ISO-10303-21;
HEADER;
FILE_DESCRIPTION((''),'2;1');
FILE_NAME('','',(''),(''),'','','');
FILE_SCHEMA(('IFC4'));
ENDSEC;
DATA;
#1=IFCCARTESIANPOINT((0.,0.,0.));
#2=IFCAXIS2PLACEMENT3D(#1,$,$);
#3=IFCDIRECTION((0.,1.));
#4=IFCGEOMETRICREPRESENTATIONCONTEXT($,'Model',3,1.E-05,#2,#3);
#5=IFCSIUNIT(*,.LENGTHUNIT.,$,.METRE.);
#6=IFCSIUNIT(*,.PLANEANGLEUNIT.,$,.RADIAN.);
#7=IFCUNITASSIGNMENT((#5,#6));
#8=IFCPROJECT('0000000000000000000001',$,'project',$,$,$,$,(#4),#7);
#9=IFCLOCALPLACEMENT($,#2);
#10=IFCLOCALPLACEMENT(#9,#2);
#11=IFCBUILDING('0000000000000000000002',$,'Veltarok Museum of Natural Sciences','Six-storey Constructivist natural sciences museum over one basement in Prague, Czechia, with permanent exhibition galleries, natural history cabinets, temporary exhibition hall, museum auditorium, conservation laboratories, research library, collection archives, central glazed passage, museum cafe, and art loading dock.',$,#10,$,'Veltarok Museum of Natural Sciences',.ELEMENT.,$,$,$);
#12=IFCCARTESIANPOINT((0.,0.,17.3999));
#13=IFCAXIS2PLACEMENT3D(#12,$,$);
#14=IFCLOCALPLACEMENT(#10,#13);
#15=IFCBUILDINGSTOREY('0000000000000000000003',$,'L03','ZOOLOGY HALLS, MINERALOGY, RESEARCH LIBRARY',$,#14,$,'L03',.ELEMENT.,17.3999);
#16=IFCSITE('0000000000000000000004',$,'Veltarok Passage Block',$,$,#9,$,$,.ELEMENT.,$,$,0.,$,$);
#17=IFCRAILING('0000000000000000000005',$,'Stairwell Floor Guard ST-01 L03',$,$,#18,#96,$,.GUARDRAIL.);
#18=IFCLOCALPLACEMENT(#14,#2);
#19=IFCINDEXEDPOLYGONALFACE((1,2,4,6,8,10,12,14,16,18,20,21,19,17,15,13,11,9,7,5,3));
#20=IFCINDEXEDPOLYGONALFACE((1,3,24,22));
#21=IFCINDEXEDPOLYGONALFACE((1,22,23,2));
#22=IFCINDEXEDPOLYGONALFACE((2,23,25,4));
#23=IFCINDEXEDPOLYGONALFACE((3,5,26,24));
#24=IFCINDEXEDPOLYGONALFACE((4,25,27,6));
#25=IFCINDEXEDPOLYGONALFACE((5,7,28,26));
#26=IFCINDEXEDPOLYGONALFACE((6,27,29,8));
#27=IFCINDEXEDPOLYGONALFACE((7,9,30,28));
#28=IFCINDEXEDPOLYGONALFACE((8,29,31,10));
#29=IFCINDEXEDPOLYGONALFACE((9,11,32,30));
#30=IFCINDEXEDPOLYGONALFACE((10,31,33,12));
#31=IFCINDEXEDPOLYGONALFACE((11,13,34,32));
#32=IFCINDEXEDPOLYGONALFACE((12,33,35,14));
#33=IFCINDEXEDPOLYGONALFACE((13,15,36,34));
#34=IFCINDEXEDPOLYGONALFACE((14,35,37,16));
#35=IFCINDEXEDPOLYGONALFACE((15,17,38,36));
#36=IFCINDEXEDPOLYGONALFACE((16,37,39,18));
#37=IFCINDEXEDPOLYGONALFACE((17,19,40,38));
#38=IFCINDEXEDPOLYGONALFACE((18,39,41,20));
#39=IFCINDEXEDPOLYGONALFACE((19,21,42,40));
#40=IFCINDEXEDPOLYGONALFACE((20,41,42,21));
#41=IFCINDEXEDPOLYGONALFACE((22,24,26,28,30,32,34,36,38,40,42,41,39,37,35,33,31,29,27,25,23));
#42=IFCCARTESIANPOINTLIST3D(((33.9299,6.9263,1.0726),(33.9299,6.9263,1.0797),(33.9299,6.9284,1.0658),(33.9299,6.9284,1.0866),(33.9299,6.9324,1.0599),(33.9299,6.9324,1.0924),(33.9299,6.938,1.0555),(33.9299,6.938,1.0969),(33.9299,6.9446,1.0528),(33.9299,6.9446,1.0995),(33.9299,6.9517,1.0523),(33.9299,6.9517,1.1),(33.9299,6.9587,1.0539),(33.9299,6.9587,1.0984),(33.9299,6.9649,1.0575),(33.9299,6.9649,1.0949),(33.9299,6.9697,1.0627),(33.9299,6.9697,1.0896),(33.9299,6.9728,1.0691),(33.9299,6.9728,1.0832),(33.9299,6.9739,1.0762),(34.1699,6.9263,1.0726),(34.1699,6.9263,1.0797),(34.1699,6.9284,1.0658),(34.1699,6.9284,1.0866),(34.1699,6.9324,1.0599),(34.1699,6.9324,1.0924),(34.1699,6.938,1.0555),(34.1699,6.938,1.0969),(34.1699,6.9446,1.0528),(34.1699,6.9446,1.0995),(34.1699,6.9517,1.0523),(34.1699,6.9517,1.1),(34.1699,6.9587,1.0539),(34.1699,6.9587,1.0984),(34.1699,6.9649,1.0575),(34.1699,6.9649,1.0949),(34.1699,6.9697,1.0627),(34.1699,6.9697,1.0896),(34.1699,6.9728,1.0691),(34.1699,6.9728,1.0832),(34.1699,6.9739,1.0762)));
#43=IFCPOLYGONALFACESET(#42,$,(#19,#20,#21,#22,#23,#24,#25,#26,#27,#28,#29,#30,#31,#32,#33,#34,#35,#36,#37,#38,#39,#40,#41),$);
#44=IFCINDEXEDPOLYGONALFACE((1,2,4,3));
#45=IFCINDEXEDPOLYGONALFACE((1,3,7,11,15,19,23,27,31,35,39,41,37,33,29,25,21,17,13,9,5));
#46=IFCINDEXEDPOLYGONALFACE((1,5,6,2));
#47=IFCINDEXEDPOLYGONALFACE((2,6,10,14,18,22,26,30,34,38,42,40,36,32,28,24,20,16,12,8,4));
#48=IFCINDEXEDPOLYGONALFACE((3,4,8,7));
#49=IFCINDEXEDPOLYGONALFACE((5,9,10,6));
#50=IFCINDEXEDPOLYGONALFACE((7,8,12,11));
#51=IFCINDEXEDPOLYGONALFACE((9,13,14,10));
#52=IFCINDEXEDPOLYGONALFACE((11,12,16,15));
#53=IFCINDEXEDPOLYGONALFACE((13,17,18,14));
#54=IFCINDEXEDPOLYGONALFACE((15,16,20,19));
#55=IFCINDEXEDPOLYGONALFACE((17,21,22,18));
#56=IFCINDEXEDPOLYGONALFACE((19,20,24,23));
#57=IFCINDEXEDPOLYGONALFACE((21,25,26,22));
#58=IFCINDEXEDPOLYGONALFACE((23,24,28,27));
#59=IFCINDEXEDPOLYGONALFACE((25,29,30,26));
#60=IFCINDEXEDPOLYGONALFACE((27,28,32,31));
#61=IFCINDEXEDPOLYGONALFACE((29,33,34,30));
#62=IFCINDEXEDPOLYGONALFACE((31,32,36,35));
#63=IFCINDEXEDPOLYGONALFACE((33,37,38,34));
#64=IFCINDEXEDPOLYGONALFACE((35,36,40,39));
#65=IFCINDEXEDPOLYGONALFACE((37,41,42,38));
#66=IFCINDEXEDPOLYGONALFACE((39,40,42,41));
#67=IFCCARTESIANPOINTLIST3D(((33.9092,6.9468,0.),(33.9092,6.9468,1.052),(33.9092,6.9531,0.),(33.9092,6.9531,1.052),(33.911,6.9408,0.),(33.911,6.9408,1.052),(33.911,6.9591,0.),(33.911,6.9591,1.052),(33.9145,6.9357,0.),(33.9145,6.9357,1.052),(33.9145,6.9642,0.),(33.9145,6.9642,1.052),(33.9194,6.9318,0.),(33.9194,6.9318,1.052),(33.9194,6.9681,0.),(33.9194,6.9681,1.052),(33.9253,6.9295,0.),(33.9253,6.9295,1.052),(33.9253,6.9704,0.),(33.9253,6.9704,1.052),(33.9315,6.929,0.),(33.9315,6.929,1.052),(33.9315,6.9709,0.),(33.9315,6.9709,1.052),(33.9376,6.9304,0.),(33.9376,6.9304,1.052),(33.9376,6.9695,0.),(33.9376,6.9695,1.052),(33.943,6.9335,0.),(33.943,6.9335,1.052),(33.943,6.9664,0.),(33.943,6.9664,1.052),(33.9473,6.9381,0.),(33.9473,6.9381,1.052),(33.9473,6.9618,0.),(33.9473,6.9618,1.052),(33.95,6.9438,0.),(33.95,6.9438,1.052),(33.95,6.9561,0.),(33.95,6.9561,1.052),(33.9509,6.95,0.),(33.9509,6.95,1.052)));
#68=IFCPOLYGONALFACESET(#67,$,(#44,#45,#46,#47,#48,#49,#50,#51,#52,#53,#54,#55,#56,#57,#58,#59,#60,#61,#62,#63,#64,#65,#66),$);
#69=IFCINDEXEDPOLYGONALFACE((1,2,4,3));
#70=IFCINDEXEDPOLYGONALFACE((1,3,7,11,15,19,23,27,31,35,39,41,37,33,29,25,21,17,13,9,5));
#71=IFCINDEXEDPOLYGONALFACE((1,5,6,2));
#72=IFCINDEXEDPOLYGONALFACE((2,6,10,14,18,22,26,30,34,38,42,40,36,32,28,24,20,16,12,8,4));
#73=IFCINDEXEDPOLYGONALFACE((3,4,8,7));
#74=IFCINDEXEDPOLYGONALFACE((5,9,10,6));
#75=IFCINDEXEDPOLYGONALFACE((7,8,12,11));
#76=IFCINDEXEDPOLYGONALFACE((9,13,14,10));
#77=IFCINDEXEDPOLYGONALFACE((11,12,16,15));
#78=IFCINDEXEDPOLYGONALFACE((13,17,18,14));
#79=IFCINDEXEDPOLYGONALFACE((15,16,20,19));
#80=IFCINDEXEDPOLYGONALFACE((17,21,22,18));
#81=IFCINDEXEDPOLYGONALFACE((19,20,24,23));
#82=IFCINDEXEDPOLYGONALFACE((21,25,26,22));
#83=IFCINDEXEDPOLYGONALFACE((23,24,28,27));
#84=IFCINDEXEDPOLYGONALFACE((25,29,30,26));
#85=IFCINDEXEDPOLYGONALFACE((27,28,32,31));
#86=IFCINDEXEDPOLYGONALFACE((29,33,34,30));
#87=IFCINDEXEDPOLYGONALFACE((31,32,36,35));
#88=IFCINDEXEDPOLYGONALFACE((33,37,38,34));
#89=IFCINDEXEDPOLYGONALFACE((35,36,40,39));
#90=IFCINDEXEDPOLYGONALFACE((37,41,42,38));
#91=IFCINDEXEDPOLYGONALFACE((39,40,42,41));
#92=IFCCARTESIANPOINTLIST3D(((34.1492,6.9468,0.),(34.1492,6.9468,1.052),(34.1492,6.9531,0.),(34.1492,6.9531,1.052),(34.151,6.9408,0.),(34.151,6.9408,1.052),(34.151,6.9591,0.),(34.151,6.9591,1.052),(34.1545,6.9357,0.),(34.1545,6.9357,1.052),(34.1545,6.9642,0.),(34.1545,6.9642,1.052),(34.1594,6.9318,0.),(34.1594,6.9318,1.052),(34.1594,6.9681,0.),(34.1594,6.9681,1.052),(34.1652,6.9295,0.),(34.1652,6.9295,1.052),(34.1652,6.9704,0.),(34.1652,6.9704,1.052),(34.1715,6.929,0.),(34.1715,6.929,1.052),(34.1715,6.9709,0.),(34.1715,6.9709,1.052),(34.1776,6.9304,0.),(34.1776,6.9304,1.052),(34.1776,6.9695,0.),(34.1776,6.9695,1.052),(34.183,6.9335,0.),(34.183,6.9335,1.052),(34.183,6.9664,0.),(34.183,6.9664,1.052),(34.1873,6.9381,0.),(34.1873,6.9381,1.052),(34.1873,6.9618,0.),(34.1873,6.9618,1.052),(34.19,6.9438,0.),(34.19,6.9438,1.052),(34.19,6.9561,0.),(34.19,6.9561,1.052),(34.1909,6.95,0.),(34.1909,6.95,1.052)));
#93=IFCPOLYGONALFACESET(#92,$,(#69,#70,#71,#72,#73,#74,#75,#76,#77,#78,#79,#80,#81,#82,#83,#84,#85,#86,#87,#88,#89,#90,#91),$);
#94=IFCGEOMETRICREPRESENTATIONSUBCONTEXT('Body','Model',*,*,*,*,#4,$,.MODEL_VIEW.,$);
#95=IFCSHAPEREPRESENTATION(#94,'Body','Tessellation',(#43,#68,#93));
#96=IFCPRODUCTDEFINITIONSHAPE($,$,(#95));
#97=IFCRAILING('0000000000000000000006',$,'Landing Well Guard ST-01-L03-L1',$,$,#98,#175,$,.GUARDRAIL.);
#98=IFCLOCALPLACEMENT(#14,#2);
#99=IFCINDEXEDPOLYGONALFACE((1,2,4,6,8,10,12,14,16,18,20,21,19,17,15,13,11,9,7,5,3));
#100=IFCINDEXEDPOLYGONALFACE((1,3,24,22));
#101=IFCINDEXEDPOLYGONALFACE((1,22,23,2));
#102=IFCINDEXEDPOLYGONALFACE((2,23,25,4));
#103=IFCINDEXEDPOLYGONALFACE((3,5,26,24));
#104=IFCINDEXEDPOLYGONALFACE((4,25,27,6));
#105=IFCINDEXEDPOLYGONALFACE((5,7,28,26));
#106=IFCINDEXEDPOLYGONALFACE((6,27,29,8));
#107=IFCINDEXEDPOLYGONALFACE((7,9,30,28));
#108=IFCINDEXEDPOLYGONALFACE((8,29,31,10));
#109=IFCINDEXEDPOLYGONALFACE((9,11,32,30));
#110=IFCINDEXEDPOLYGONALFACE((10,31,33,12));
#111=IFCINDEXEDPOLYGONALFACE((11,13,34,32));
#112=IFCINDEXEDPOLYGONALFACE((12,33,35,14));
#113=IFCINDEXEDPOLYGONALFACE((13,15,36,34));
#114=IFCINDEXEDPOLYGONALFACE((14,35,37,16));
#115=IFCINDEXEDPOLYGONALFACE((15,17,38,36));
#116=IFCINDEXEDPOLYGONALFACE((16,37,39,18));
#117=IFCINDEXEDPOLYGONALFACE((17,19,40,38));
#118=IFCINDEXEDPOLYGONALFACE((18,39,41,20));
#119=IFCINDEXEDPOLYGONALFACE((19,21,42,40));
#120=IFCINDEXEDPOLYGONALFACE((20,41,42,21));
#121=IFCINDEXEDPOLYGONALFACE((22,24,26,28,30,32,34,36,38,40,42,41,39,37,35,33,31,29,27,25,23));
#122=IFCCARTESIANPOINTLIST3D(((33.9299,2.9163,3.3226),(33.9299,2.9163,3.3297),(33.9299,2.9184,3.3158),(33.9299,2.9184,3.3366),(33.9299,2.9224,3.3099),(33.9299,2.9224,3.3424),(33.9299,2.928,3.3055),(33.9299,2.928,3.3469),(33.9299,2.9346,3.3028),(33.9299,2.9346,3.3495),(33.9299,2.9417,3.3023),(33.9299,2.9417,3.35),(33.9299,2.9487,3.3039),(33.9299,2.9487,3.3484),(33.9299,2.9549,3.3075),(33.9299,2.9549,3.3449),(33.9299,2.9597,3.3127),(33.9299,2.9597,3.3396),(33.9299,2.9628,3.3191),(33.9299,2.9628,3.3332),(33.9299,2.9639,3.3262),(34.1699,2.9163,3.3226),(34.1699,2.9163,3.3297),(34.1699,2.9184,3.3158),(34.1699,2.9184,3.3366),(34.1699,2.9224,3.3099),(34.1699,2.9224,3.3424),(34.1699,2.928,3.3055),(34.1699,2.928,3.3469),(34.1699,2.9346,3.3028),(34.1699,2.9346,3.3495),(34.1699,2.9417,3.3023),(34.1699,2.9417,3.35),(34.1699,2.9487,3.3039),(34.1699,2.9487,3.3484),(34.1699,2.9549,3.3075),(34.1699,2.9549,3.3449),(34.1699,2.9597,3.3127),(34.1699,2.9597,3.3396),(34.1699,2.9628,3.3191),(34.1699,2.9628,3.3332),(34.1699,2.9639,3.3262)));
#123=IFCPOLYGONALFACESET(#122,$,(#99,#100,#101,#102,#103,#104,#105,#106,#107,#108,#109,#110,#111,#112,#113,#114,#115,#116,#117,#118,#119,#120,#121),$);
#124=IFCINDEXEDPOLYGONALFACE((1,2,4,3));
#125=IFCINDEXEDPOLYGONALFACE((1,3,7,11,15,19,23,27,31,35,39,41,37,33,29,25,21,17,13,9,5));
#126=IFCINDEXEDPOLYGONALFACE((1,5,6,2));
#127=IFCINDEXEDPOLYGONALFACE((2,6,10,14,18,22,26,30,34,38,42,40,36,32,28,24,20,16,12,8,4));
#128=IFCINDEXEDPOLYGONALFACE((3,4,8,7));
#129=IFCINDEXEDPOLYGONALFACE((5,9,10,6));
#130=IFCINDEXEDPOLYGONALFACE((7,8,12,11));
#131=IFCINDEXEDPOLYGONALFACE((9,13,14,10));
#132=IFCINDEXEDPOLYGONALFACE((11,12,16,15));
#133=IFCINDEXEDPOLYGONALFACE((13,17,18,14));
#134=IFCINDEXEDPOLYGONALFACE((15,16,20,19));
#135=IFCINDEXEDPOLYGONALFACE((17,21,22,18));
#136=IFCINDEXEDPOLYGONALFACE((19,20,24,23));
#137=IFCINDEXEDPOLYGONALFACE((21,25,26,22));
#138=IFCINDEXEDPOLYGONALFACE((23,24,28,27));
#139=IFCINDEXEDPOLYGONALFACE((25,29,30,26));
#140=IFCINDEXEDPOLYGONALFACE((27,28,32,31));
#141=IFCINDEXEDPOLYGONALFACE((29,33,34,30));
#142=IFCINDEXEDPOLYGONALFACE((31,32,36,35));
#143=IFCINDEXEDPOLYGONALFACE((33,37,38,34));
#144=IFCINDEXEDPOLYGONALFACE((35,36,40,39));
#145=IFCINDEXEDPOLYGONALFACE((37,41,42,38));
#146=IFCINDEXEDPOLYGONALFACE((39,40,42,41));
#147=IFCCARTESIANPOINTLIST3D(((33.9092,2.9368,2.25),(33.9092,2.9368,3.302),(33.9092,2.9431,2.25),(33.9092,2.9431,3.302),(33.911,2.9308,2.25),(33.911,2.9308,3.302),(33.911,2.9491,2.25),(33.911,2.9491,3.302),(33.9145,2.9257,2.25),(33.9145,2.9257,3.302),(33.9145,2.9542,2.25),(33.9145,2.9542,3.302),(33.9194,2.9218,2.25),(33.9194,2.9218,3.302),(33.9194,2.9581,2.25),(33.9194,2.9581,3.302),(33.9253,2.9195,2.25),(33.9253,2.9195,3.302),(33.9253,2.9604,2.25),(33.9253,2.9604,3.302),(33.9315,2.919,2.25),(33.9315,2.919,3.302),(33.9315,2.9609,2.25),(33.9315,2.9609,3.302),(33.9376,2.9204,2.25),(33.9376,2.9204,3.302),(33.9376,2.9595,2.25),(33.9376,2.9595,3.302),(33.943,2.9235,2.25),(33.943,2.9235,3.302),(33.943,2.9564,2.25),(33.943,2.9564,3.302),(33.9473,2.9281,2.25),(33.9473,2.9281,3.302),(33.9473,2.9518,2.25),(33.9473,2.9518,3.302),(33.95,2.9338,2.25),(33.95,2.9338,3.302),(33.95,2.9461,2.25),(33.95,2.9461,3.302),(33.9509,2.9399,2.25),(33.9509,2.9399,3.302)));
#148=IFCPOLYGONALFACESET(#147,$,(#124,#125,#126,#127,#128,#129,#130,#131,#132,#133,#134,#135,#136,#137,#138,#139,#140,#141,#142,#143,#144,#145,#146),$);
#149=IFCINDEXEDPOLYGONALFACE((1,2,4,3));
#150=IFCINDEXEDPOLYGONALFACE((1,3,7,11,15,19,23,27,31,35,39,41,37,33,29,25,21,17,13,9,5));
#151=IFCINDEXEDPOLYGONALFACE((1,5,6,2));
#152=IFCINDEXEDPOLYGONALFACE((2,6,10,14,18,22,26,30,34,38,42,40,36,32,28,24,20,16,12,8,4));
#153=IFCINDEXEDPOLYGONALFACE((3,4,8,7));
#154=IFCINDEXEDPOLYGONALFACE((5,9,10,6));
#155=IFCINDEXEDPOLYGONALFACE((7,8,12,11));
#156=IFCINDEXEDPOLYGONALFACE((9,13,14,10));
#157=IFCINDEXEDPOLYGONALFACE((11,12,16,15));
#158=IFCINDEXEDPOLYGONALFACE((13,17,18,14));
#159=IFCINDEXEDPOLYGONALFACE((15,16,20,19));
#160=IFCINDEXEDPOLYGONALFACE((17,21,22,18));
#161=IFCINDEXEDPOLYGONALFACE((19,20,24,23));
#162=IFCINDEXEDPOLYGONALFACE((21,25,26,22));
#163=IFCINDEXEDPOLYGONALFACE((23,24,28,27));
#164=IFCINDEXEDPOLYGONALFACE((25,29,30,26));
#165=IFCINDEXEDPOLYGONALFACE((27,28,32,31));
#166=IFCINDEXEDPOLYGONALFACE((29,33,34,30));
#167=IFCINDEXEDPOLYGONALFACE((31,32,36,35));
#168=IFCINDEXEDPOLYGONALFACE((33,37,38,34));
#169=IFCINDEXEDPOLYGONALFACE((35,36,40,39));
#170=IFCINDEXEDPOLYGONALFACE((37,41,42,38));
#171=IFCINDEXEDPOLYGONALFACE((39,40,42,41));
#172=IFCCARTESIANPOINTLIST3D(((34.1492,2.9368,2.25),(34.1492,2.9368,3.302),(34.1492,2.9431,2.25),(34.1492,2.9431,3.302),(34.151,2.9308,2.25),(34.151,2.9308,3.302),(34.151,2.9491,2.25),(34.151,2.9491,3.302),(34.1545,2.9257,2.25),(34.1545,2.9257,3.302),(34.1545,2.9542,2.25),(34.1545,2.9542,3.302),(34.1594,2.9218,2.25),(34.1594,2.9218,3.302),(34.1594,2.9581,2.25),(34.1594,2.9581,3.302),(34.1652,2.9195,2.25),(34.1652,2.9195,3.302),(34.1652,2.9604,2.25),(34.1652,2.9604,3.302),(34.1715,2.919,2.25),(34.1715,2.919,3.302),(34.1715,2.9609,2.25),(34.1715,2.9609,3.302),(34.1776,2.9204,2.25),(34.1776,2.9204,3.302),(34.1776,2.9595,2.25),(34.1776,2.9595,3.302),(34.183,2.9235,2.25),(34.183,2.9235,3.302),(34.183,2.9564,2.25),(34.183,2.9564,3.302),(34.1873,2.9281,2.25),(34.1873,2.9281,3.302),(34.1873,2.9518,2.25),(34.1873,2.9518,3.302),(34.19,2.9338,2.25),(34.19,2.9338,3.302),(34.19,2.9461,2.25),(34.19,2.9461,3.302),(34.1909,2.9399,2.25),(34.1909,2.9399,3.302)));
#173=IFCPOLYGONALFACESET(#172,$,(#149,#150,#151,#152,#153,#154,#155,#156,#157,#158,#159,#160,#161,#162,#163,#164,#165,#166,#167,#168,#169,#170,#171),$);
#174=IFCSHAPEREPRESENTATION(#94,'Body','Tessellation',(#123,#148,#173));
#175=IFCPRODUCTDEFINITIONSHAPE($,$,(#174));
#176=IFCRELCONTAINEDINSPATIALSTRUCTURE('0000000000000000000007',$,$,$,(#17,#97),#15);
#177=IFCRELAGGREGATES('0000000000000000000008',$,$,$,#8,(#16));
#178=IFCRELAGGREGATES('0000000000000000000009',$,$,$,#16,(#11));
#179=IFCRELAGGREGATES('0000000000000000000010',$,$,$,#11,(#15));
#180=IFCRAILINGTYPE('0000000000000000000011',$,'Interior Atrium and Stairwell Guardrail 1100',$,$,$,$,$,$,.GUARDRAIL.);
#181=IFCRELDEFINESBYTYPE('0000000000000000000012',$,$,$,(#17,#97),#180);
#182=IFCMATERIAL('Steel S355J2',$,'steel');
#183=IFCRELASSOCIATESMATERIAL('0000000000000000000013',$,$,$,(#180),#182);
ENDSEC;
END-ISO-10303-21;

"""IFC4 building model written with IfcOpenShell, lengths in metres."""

from ifc_helpers import new_model, si_unit, direction, frame, origin, origin_2d, place, context, subcontext, project, spatial, circle, extrude, material, type_object, element, save


model = new_model("IFC4")

# Units and contexts
model_context = context("Model", 3, precision=1e-05, world=origin(), true_north=direction((0.0, 1.0)))
body_context = subcontext(model_context, "Body", "Model", "MODEL_VIEW")
ifc_project = project(units=[si_unit("LENGTHUNIT", "METRE"), si_unit("PLANEANGLEUNIT", "RADIAN")], contexts=[model_context])

# Site, building, storey
site_placement = place(None, origin())
site = spatial("IfcSite", under=ifc_project, at=site_placement, Name="Veltarok Passage Block", CompositionType="ELEMENT", RefElevation=0.0)
building_placement = place(site_placement, origin())
building = spatial("IfcBuilding", under=site, at=building_placement, Name="Veltarok Museum of Natural Sciences", Description="Six-storey Constructivist natural sciences museum over one basement in Prague, Czechia, with permanent exhibition galleries, natural history cabinets, temporary exhibition hall, museum auditorium, conservation laboratories, research library, collection archives, central glazed passage, museum cafe, and art loading dock.", LongName="Veltarok Museum of Natural Sciences", CompositionType="ELEMENT")
storey_placement = place(building_placement, frame((0.0, 0.0, 17.3999)))
storey = spatial("IfcBuildingStorey", under=building, at=storey_placement, Name="L03", Description="ZOOLOGY HALLS, MINERALOGY, RESEARCH LIBRARY", LongName="L03", CompositionType="ELEMENT", Elevation=17.3999)

# Shared definitions
ifc_material_1 = material(Name="Steel S355J2", Category="steel")

# Railings
railing_type_1 = type_object("IfcRailingType", Name="Interior Atrium and Stairwell Guardrail 1100", PredefinedType="GUARDRAIL", material=ifc_material_1)
for number, where, name in (
    (1, (33.9299, 6.95, 0.0), "Stairwell Floor Guard ST-01 L03"),
    (2, (33.9299, 2.9399, 2.25), "Landing Well Guard ST-01-L03-L1"),
):
    element("IfcRailing", number, at=place(storey_placement, frame(where)), inside=storey, type_object=railing_type_1, Name=name, PredefinedType="GUARDRAIL", context=body_context, shape_type="SweptSolid", body=[
        extrude(circle(Radius=0.0239, at=origin_2d()), frame((0.0, 0.0, 1.0762), z_axis=(1.0, 0.0, 0.0), x_axis=(0.0, 1.0, 0.0)), (0.0, 0.0, 1.0), 0.24),
        extrude(circle(Radius=0.021, at=origin_2d()), origin(), (0.0, 0.0, 1.0), 1.052),
        extrude(circle(Radius=0.021, at=origin_2d()), frame((0.24, 0.0, 0.0)), (0.0, 0.0, 1.0), 1.052),
    ])

save(model, "model.ifc")
